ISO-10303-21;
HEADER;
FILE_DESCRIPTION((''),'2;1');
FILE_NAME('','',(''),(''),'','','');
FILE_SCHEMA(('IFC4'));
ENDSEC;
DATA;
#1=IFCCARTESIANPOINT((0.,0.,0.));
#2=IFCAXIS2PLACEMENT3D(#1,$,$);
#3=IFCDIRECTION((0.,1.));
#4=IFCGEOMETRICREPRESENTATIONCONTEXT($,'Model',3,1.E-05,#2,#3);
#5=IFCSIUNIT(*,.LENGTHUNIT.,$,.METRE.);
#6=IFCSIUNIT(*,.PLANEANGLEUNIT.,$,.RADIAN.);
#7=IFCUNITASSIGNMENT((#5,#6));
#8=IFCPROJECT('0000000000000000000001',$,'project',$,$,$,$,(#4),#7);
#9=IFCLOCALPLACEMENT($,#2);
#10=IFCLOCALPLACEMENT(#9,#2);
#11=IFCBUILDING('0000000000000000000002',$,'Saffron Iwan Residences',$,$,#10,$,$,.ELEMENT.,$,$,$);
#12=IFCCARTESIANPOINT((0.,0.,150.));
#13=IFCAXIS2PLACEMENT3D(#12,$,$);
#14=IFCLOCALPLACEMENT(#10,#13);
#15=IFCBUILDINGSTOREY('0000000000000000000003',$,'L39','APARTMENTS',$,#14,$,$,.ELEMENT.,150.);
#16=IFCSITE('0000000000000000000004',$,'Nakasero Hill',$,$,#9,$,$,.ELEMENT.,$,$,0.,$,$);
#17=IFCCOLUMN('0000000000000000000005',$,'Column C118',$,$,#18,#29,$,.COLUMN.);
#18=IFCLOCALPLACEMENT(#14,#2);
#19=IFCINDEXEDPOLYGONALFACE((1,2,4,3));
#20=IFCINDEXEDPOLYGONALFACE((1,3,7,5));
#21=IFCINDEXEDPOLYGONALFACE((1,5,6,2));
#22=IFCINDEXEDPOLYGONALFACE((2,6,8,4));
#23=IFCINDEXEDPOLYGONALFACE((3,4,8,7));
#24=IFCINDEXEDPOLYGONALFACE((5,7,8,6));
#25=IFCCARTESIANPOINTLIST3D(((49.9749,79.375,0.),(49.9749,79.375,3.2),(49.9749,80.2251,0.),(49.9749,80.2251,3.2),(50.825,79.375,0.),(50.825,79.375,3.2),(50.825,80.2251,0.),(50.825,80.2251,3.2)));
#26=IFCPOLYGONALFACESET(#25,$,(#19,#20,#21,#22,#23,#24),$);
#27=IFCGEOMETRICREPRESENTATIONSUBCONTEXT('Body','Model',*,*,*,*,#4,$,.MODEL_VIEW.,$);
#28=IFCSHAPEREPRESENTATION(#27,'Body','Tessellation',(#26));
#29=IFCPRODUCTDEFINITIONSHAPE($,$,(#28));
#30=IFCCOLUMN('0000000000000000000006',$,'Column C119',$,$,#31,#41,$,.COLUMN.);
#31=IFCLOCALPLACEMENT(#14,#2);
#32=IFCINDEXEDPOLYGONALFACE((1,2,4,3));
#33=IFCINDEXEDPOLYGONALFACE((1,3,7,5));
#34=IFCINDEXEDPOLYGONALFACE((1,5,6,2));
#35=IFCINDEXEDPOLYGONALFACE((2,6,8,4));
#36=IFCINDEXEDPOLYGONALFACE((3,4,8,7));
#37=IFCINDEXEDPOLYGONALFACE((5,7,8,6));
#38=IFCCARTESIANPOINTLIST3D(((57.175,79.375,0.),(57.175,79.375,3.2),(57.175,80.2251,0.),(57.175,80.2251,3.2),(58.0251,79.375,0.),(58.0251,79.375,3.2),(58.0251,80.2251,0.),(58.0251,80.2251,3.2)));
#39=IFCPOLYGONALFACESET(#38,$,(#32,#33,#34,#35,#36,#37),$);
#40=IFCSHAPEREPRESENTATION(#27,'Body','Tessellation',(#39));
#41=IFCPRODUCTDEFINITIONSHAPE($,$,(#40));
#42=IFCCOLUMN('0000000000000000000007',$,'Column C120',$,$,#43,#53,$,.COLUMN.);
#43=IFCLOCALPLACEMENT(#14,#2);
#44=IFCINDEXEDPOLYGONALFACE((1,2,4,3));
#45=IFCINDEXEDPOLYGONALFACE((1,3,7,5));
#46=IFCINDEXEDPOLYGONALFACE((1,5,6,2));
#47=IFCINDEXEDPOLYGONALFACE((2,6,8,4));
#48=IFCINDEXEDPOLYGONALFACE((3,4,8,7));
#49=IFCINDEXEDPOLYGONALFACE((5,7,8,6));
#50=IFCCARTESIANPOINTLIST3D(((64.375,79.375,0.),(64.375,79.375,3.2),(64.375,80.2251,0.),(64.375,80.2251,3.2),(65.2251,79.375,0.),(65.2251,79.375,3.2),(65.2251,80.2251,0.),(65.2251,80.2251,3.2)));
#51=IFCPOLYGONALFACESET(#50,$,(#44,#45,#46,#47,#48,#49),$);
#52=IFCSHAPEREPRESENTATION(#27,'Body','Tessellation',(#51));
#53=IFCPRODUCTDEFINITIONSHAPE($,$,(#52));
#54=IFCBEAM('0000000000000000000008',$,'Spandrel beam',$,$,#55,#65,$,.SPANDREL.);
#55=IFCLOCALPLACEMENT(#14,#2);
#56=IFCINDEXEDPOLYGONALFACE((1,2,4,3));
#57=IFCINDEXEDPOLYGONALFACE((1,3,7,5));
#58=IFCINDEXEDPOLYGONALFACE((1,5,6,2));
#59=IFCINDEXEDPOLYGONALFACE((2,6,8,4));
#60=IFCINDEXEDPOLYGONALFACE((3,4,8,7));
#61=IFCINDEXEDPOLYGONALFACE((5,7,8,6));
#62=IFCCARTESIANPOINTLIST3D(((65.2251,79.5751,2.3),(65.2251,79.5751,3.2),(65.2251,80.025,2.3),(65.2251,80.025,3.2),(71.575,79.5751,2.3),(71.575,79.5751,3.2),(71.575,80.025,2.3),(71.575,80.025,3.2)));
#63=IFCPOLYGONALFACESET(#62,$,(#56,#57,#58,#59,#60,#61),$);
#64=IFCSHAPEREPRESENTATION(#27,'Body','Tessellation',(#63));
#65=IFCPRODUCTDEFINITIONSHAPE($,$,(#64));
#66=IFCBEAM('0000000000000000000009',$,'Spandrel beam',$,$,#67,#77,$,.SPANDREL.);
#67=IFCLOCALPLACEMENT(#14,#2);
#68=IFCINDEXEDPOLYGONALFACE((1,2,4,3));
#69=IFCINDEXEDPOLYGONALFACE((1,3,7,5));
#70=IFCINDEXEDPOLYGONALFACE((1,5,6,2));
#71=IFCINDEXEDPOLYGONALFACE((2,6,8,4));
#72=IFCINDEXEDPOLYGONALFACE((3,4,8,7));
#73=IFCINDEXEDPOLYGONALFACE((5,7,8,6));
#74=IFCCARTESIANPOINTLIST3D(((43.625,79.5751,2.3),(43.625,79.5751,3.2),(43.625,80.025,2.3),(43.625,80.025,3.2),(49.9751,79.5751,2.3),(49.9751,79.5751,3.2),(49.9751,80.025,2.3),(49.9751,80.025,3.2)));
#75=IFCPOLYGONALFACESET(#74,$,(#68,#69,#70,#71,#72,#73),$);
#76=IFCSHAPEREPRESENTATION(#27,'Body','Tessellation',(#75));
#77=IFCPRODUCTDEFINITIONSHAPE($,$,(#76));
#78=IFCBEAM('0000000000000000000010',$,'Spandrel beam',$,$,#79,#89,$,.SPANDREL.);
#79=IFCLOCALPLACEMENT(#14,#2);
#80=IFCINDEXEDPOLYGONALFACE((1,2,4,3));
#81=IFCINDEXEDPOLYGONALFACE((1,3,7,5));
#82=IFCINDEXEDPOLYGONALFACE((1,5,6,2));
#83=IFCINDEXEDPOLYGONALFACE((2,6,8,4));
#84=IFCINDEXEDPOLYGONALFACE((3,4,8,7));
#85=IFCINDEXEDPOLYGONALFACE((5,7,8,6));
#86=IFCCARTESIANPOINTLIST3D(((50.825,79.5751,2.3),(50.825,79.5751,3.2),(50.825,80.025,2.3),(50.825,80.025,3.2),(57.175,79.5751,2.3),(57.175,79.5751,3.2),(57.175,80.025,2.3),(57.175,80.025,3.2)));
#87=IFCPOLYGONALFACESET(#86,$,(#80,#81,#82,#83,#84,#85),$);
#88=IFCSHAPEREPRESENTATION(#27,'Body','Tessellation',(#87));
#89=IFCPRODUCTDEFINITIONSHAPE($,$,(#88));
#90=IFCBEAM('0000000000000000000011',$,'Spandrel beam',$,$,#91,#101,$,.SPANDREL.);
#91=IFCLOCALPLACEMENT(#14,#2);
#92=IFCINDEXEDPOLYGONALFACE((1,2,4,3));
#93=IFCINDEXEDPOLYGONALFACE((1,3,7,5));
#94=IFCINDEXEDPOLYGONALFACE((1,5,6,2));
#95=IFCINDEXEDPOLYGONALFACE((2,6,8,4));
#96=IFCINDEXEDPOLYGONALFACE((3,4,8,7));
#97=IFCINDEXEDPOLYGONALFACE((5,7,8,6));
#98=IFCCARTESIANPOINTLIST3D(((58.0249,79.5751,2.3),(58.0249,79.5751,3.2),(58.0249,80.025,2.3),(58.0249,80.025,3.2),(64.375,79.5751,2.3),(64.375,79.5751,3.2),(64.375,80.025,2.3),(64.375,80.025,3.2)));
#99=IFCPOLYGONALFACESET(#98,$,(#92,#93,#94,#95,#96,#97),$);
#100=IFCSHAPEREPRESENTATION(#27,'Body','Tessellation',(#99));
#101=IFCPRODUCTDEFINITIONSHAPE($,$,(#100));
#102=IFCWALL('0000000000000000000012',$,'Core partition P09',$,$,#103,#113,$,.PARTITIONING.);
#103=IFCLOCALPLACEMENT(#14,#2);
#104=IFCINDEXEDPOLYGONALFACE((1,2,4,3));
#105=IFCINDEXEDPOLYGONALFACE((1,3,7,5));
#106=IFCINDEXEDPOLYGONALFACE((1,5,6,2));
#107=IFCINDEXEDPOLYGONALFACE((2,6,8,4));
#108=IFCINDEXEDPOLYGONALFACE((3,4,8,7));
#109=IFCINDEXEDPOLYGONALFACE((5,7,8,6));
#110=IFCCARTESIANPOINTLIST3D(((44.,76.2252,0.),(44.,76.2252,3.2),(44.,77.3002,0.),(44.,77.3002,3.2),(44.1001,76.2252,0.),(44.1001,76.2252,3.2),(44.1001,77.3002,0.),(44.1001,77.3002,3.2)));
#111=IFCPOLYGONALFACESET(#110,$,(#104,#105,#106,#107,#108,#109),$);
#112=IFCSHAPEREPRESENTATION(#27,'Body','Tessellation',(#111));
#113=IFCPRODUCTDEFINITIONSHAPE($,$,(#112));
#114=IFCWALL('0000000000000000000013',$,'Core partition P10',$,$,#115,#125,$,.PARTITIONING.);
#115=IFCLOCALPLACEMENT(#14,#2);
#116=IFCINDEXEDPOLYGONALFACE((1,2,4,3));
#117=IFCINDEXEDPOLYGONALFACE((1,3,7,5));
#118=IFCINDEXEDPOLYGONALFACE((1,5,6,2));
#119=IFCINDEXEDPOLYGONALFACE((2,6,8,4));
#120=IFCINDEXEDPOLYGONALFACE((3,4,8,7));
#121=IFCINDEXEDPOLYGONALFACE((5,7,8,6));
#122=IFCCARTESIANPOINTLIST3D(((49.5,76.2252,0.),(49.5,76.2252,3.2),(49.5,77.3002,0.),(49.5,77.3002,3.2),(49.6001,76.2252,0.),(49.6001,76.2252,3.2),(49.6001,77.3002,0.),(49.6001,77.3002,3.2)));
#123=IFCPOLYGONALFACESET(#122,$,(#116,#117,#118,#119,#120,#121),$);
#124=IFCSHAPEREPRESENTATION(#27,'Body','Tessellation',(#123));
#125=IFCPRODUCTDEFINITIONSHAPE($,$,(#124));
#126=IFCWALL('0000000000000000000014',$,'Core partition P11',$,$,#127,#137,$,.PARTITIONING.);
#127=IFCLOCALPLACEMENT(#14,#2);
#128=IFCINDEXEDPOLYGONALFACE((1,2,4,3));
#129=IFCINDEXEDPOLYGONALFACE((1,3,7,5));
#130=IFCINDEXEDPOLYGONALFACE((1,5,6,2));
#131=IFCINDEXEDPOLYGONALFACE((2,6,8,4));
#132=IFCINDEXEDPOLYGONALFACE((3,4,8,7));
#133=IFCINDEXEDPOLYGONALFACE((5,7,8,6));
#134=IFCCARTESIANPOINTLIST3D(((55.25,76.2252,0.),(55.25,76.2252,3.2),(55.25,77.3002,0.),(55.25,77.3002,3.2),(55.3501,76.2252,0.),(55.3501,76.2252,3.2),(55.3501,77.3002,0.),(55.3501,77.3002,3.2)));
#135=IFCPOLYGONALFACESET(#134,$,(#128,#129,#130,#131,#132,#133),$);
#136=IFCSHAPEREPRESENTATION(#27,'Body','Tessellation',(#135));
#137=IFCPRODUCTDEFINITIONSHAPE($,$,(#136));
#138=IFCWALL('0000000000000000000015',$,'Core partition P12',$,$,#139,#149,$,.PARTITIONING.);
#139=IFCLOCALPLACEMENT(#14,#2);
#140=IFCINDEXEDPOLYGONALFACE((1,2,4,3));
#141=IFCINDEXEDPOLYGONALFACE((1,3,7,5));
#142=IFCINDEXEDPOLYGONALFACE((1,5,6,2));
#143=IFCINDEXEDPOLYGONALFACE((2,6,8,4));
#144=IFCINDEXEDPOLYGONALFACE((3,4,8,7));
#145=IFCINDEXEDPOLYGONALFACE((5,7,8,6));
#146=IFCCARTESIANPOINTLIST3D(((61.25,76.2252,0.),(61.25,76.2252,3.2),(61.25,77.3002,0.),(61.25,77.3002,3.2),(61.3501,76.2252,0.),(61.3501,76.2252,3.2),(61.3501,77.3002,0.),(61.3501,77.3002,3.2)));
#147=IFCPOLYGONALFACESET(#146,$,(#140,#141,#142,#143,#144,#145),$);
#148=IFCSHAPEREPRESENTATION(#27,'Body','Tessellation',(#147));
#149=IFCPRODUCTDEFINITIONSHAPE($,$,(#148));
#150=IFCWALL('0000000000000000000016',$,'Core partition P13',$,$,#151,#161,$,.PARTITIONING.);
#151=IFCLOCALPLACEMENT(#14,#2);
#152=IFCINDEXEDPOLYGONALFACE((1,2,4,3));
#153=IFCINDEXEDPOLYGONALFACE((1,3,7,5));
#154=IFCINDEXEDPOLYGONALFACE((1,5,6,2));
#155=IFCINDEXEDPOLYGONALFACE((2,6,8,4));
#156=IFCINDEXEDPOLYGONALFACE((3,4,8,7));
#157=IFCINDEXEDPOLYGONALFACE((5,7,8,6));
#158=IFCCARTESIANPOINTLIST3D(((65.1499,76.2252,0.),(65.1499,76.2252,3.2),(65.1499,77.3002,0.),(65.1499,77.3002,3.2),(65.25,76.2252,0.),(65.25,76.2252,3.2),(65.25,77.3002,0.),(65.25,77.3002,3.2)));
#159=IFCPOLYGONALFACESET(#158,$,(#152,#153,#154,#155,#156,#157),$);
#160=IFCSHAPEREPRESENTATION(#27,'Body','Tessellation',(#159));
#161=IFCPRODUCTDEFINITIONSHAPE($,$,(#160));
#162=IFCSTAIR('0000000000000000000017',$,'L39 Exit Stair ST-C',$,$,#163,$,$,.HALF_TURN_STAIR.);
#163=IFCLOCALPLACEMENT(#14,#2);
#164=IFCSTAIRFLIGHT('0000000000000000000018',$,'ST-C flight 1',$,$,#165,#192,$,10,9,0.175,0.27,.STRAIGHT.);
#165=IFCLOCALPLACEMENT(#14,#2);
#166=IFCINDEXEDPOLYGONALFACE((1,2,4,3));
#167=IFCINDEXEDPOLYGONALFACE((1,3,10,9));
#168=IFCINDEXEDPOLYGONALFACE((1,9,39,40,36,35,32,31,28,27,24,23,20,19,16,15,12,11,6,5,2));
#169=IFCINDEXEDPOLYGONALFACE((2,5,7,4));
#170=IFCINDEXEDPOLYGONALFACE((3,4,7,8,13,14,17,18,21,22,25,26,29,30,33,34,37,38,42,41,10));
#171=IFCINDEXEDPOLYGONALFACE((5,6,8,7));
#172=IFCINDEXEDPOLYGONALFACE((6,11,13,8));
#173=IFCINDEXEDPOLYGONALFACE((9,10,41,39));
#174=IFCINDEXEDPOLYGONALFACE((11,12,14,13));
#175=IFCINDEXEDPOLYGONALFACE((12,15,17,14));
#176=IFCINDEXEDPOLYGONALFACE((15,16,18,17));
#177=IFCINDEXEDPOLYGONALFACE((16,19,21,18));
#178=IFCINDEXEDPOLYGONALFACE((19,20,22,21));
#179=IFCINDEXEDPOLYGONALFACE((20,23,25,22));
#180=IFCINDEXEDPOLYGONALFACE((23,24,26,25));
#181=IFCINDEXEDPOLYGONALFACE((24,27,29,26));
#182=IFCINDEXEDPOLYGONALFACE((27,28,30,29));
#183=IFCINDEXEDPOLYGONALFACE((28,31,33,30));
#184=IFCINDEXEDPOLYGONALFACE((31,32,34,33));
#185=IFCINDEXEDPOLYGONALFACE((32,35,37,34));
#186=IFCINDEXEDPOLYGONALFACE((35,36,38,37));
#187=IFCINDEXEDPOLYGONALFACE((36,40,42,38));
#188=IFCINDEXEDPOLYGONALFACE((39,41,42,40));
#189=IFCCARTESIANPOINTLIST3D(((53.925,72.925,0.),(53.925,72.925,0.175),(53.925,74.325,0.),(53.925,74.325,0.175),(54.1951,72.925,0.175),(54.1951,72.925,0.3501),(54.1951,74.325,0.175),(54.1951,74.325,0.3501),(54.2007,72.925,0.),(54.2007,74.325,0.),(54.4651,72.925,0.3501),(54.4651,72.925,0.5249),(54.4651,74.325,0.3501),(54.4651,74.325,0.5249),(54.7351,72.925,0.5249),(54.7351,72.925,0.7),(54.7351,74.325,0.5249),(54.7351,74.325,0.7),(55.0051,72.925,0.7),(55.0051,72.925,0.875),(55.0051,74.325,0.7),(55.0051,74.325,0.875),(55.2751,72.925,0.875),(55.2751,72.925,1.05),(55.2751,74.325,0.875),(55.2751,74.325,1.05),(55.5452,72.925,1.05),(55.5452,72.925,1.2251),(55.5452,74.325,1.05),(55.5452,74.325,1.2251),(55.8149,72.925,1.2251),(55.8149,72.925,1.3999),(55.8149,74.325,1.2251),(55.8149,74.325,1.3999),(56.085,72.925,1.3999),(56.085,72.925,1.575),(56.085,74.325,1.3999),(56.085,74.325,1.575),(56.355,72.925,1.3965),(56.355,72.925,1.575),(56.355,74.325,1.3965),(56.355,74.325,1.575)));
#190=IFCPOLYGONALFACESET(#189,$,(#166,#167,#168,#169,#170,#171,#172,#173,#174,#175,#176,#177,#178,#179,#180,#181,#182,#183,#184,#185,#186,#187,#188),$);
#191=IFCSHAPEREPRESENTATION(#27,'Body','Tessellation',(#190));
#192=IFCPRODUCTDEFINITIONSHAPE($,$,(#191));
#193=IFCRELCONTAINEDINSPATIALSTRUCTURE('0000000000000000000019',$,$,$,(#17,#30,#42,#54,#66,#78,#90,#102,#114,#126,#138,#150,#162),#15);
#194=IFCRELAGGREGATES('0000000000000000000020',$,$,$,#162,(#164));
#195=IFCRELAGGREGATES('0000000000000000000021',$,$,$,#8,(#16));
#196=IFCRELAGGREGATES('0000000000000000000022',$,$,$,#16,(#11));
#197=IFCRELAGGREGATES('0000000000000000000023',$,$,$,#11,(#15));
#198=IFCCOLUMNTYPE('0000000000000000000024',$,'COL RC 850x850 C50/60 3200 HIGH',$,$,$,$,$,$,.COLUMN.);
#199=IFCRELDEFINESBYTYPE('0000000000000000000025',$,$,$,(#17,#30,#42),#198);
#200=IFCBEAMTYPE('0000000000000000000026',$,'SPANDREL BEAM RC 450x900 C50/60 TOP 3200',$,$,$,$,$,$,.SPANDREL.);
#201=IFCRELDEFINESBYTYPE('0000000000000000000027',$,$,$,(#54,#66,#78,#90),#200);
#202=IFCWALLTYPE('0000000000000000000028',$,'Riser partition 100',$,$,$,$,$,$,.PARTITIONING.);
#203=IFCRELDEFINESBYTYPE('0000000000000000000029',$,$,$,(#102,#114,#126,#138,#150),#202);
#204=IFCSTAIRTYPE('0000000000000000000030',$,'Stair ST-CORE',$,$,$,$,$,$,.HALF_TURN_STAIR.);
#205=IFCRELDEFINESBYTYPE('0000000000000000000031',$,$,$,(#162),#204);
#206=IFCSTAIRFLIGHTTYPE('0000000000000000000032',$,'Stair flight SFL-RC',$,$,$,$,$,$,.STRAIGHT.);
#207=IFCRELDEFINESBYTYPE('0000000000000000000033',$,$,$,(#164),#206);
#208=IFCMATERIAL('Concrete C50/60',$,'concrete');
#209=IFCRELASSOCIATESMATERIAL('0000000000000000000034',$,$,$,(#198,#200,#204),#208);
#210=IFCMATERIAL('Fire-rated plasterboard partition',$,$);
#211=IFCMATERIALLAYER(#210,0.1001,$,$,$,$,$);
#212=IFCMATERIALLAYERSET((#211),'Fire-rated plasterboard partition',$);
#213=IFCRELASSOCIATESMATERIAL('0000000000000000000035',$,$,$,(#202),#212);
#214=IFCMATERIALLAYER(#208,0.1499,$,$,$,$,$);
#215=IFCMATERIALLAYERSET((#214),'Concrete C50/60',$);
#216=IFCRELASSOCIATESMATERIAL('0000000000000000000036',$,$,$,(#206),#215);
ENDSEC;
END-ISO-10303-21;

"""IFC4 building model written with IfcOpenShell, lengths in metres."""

from ifc_helpers import new_model, si_unit, direction, frame, frame_2d, origin, origin_2d, place, context, subcontext, project, spatial, polyline, rectangle, outline, extrude, source, transform, mapped, material, layer, layer_set, material_profile, profile_set, type_object, element, aggregate, save


model = new_model("IFC4")

# Units and contexts
model_context = context("Model", 3, precision=1e-05, world=origin(), true_north=direction((0.0, 1.0)))
body_context = subcontext(model_context, "Body", "Model", "MODEL_VIEW")
ifc_project = project(units=[si_unit("LENGTHUNIT", "METRE"), si_unit("PLANEANGLEUNIT", "RADIAN")], contexts=[model_context])

# Site, building, storey
site_placement = place(None, origin())
site = spatial("IfcSite", under=ifc_project, at=site_placement, Name="Nakasero Hill", CompositionType="ELEMENT", RefElevation=0.0)
building_placement = place(site_placement, origin())
building = spatial("IfcBuilding", under=site, at=building_placement, Name="Saffron Iwan Residences", CompositionType="ELEMENT")
storey_placement = place(building_placement, frame((0.0, 0.0, 150.0)))
storey = spatial("IfcBuildingStorey", under=building, at=storey_placement, Name="L39", Description="APARTMENTS", CompositionType="ELEMENT", Elevation=150.0)

# Columns
ifc_material_1 = material(Name="Concrete C50/60", Category="concrete")
ifc_material_profile_1 = material_profile(ifc_material_1, rectangle(XDim=0.8501, YDim=0.8501, at=origin_2d()), Name="RC 850x850")
ifc_profile_set_1 = profile_set([ifc_material_profile_1], Name="Concrete C50/60")
column_type = type_object("IfcColumnType", Name="COL RC 850x850 C50/60 3200 HIGH", PredefinedType="COLUMN", material=ifc_profile_set_1)
shared_shape_1 = source(origin(), body_context, "Body", "SweptSolid", [
    extrude(rectangle(XDim=0.8501, YDim=0.8501, at=origin_2d()), origin(), (0.0, 0.0, 1.0), 3.2),
])
for number, where, z_axis, x_axis, name in (
    (1, (50.3999, 79.8, 0.0), (0.0, 0.0, 1.0), (1.0, 0.0, 0.0), "Column C118"),
    (2, (57.6001, 79.8, 0.0), (0.0, 0.0, 1.0), (1.0, 0.0, 0.0), "Column C119"),
    (3, (64.8, 79.8, 0.0), (0.0, 0.0, 1.0), (1.0, 0.0, 0.0), "Column C120"),
):
    element("IfcColumn", number, at=place(storey_placement, frame(where, z_axis=z_axis, x_axis=x_axis)), inside=storey, type_object=column_type, Name=name, PredefinedType="COLUMN", context=body_context, shape_type="MappedRepresentation", body=[
        mapped(shared_shape_1, transform((0.0, 0.0, 0.0))),
    ])

# Beams
ifc_material_profile_2 = material_profile(ifc_material_1, rectangle(XDim=0.45, YDim=0.8999, at=origin_2d()), Name="RC 450x900")
ifc_profile_set_2 = profile_set([ifc_material_profile_2], Name="Concrete C50/60")
beam_type = type_object("IfcBeamType", Name="SPANDREL BEAM RC 450x900 C50/60 TOP 3200", PredefinedType="SPANDREL", material=ifc_profile_set_2)
shared_shape_2 = source(origin(), body_context, "Body", "SweptSolid", [
    extrude(rectangle(XDim=0.45, YDim=0.8999, at=origin_2d()), origin(), (0.0, 0.0, 1.0), 6.3499),
])
beam_placement = place(storey_placement, frame((65.2251, 79.8, 2.75), z_axis=(1.0, 0.0, 0.0), x_axis=(0.0, 1.0, 0.0)))
element("IfcBeam", 4, at=beam_placement, inside=storey, type_object=beam_type, Name="Spandrel beam", PredefinedType="SPANDREL", context=body_context, shape_type="MappedRepresentation", body=[
    mapped(shared_shape_2, transform((0.0, 0.0, 0.0))),
])
shared_shape_3 = source(origin(), body_context, "Body", "SweptSolid", [
    extrude(rectangle(XDim=0.45, YDim=0.8999, at=origin_2d()), origin(), (0.0, 0.0, 1.0), 6.3501),
])
for number, where, z_axis, x_axis, name in (
    (5, (43.625, 79.8, 2.75), (1.0, 0.0, 0.0), (0.0, 1.0, 0.0), "Spandrel beam"),
    (6, (50.825, 79.8, 2.75), (1.0, 0.0, 0.0), (0.0, 1.0, 0.0), "Spandrel beam"),
    (7, (58.0249, 79.8, 2.75), (1.0, 0.0, 0.0), (0.0, 1.0, 0.0), "Spandrel beam"),
):
    element("IfcBeam", number, at=place(storey_placement, frame(where, z_axis=z_axis, x_axis=x_axis)), inside=storey, type_object=beam_type, Name=name, PredefinedType="SPANDREL", context=body_context, shape_type="MappedRepresentation", body=[
        mapped(shared_shape_3, transform((0.0, 0.0, 0.0))),
    ])

# Walls
ifc_material_2 = material(Name="Fire-rated plasterboard partition")
ifc_layer_1 = layer(ifc_material_2, 0.1001)
ifc_layer_set_1 = layer_set([ifc_layer_1], Name="Fire-rated plasterboard partition")
wall_type = type_object("IfcWallType", Name="Riser partition 100", PredefinedType="PARTITIONING", material=ifc_layer_set_1)
for number, where, z_axis, x_axis, name in (
    (8, (44.05, 76.2251, 0.0), (0.0, 0.0, 1.0), (0.0, 1.0, 0.0), "Core partition P09"),
    (9, (49.55, 76.2251, 0.0), (0.0, 0.0, 1.0), (0.0, 1.0, 0.0), "Core partition P10"),
    (10, (55.3, 76.2251, 0.0), (0.0, 0.0, 1.0), (0.0, 1.0, 0.0), "Core partition P11"),
    (11, (61.3, 76.2251, 0.0), (0.0, 0.0, 1.0), (0.0, 1.0, 0.0), "Core partition P12"),
    (12, (65.2, 76.2251, 0.0), (0.0, 0.0, 1.0), (0.0, 1.0, 0.0), "Core partition P13"),
):
    element("IfcWall", number, at=place(storey_placement, frame(where, z_axis=z_axis, x_axis=x_axis)), inside=storey, type_object=wall_type, Name=name, PredefinedType="PARTITIONING", context=body_context, shape_type="SweptSolid", body=[
        extrude(rectangle(XDim=1.075, YDim=0.1001, at=frame_2d((0.5376, 0.0))), origin(), (0.0, 0.0, 1.0), 3.2),
    ])

# Stair, stair flight
stair_type = type_object("IfcStairType", Name="Stair ST-CORE", PredefinedType="HALF_TURN_STAIR", material=ifc_material_1)
stair_placement = place(storey_placement, origin())
stair = element("IfcStair", 13, at=stair_placement, inside=storey, type_object=stair_type, Name="L39 Exit Stair ST-C", PredefinedType="HALF_TURN_STAIR")
ifc_layer_2 = layer(ifc_material_1, 0.1499)
ifc_layer_set_2 = layer_set([ifc_layer_2], Name="Concrete C50/60")
stair_flight_type = type_object("IfcStairFlightType", Name="Stair flight SFL-RC", PredefinedType="STRAIGHT", material=ifc_layer_set_2)
stair_flight_1_placement = place(storey_placement, frame((53.925, 73.625, 0.0), z_axis=(0.0, 0.0, 1.0), x_axis=(1.0, 0.0, 0.0)))
stair_flight_1 = element("IfcStairFlight", 14, at=stair_flight_1_placement, type_object=stair_flight_type, Name="ST-C flight 1", NumberOfRisers=10, NumberOfTreads=9, PredefinedType="STRAIGHT", RiserHeight=0.175, TreadLength=0.27, context=body_context, shape_type="SweptSolid", body=[
    extrude(outline(polyline([(0.0, 0.0), (0.0, 0.175), (0.27, 0.175), (0.27, 0.3501), (0.54, 0.3501), (0.54, 0.5249), (0.8101, 0.5249), (0.8101, 0.7), (1.0801, 0.7), (1.0801, 0.875), (1.3501, 0.875), (1.3501, 1.05), (1.6201, 1.05), (1.6201, 1.2251), (1.8899, 1.2251), (1.8899, 1.3999), (2.1599, 1.3999), (2.1599, 1.575), (2.4299, 1.575), (2.4299, 1.75), (2.4299, 1.3965), (0.2756, 0.0), (0.0, 0.0)])), frame((0.0, 0.7, 0.0), z_axis=(0.0, -1.0, 0.0), x_axis=(1.0, 0.0, 0.0)), (0.0, 0.0, 1.0), 1.3999),
])
aggregate(stair, [stair_flight_1])

save(model, "model.ifc")
